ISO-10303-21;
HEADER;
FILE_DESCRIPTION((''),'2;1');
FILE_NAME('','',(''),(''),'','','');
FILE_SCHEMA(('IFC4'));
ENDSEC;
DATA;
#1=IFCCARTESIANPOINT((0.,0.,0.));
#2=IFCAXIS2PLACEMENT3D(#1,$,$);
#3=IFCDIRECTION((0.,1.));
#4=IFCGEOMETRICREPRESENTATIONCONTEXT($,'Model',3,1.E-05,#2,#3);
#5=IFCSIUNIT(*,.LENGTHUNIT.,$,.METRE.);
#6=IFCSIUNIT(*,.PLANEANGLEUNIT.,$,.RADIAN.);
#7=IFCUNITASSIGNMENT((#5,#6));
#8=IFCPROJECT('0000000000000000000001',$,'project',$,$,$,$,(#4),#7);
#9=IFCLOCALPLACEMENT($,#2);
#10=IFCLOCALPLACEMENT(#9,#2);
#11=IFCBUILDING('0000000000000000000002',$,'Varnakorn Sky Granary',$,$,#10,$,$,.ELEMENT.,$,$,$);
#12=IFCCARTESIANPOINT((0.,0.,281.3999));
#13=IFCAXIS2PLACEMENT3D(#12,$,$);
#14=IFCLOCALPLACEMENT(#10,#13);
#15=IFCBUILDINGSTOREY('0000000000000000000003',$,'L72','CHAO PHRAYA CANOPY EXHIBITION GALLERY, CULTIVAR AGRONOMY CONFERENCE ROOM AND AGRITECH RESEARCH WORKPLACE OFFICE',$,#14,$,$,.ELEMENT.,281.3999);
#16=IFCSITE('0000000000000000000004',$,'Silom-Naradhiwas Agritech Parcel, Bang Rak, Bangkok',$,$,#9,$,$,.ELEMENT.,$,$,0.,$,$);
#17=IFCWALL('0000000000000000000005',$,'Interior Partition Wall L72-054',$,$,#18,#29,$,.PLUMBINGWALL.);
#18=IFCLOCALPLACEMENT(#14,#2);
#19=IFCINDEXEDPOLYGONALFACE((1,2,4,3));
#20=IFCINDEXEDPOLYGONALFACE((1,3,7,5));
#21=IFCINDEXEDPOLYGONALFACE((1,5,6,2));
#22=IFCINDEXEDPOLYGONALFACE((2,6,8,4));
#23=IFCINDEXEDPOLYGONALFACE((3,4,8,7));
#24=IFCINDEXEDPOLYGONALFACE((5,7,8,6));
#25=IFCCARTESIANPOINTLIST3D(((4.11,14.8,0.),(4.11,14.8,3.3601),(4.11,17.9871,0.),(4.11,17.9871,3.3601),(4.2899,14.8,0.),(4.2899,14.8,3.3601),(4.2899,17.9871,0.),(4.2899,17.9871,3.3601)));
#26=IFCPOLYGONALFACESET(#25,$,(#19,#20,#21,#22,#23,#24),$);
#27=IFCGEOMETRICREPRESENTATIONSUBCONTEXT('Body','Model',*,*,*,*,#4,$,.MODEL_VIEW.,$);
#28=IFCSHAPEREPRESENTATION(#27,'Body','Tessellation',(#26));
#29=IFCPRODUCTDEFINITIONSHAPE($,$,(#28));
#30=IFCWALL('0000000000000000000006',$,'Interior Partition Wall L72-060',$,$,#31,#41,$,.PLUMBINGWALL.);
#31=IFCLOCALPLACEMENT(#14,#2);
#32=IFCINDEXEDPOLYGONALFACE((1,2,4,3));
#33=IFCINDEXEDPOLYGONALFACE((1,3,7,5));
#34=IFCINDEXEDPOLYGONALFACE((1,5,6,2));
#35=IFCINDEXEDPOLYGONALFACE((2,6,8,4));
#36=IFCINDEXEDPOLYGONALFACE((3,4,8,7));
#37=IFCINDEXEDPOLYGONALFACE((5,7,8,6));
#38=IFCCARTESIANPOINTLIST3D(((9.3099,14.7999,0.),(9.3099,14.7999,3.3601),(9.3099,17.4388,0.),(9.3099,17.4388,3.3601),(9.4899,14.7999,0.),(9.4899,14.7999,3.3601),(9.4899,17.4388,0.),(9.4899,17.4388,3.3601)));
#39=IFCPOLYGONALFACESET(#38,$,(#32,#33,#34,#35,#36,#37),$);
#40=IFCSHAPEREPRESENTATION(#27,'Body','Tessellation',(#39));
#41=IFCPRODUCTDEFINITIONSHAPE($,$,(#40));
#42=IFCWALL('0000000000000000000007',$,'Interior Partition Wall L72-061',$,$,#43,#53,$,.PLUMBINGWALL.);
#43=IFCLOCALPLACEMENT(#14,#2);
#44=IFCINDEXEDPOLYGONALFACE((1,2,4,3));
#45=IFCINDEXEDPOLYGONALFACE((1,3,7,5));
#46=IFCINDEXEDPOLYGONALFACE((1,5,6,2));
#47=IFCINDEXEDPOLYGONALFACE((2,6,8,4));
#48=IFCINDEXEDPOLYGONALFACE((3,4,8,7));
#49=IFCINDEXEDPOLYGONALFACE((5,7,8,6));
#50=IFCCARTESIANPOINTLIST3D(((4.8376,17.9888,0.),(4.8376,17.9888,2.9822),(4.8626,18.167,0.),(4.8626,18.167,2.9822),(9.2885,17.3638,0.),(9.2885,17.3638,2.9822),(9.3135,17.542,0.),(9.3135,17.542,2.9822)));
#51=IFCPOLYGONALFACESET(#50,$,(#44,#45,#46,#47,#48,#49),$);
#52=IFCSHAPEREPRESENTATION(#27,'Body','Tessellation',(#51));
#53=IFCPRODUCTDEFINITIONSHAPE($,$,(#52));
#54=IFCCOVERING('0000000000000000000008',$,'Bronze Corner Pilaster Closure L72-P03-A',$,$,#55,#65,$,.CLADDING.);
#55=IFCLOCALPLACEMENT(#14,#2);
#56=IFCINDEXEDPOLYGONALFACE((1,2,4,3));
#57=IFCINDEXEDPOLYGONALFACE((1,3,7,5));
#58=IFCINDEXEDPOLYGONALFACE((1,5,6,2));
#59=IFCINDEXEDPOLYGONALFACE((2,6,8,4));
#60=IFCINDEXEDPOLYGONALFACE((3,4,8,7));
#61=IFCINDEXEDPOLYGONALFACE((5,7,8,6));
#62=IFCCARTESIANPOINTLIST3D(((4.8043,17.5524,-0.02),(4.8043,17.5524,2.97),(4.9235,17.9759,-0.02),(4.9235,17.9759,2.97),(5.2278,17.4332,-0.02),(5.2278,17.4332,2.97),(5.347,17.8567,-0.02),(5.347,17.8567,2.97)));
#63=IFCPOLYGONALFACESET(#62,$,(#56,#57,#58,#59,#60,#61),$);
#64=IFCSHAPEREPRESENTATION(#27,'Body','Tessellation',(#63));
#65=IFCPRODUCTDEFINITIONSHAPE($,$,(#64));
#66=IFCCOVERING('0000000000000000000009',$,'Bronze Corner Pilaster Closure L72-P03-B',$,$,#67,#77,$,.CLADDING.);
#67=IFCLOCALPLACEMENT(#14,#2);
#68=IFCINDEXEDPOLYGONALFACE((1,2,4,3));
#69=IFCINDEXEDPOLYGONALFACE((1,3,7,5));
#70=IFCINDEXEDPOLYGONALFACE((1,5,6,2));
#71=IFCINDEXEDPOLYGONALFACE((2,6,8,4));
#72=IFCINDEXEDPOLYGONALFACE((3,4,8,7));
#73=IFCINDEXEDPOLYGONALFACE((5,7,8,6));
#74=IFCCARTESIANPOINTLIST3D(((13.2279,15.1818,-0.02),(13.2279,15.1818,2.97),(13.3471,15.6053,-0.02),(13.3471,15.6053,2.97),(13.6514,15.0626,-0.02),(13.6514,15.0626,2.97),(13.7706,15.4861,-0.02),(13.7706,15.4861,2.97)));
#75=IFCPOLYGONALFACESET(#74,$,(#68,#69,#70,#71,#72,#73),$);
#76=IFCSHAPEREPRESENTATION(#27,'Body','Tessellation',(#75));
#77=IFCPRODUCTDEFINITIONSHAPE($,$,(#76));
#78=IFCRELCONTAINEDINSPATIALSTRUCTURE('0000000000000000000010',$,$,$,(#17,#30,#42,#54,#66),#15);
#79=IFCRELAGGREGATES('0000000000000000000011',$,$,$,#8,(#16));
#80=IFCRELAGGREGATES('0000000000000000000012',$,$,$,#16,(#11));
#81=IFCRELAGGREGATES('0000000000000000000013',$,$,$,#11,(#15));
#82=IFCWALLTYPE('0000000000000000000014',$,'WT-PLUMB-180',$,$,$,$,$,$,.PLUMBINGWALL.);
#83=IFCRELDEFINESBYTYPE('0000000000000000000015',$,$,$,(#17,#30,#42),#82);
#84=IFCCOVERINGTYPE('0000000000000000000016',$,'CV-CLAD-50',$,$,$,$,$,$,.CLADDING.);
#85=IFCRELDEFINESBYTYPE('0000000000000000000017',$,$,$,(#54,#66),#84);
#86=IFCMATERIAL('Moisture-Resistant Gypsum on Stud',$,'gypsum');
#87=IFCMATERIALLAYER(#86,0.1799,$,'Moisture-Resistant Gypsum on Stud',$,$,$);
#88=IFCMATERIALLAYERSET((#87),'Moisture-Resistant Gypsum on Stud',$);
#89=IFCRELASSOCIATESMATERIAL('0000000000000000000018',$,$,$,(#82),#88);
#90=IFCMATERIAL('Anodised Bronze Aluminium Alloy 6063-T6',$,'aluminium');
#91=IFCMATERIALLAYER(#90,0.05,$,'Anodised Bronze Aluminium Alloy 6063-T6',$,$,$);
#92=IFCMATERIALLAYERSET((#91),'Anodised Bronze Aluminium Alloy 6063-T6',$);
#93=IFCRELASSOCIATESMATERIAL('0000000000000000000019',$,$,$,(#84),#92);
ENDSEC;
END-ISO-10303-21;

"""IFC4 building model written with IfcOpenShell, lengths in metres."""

from ifc_helpers import new_model, si_unit, direction, frame, frame_2d, origin, origin_2d, place, context, subcontext, project, spatial, rectangle, extrude, source, transform, mapped, material, layer, layer_set, type_object, type_shapes, element, save


model = new_model("IFC4")

# Units and contexts
model_context = context("Model", 3, precision=1e-05, world=origin(), true_north=direction((0.0, 1.0)))
body_context = subcontext(model_context, "Body", "Model", "MODEL_VIEW")
ifc_project = project(units=[si_unit("LENGTHUNIT", "METRE"), si_unit("PLANEANGLEUNIT", "RADIAN")], contexts=[model_context])

# Site, building, storey
site_placement = place(None, origin())
site = spatial("IfcSite", under=ifc_project, at=site_placement, Name="Silom-Naradhiwas Agritech Parcel, Bang Rak, Bangkok", CompositionType="ELEMENT", RefElevation=0.0)
building_placement = place(site_placement, origin())
building = spatial("IfcBuilding", under=site, at=building_placement, Name="Varnakorn Sky Granary", CompositionType="ELEMENT")
storey_placement = place(building_placement, frame((0.0, 0.0, 281.3999)))
storey = spatial("IfcBuildingStorey", under=building, at=storey_placement, Name="L72", Description="CHAO PHRAYA CANOPY EXHIBITION GALLERY, CULTIVAR AGRONOMY CONFERENCE ROOM AND AGRITECH RESEARCH WORKPLACE OFFICE", CompositionType="ELEMENT", Elevation=281.3999)

# Shared definitions
ifc_material_1 = material(Name="Anodised Bronze Aluminium Alloy 6063-T6", Category="aluminium")

# Shared definitions
ifc_material_2 = material(Name="Moisture-Resistant Gypsum on Stud", Category="gypsum")
ifc_layer_1 = layer(ifc_material_2, 0.1799, Name="Moisture-Resistant Gypsum on Stud")
ifc_layer_set_1 = layer_set([ifc_layer_1], Name="Moisture-Resistant Gypsum on Stud")
wall_type_1 = type_object("IfcWallType", Name="WT-PLUMB-180", PredefinedType="PLUMBINGWALL", material=ifc_layer_set_1)

# Walls
wall_1_placement = place(storey_placement, frame((4.2, 17.9871, 0.0), z_axis=(0.0, 0.0, 1.0), x_axis=(0.0, -1.0, 0.0)))
element("IfcWall", 1, at=wall_1_placement, inside=storey, type_object=wall_type_1, Name="Interior Partition Wall L72-054", PredefinedType="PLUMBINGWALL", context=body_context, shape_type="SweptSolid", body=[
    extrude(rectangle(XDim=3.187, YDim=0.1799, at=frame_2d((1.5935, 0.0))), origin(), (0.0, 0.0, 1.0), 3.3601),
])
wall_2_placement = place(storey_placement, frame((9.3999, 14.8, 0.0), z_axis=(0.0, 0.0, 1.0), x_axis=(0.0, 1.0, 0.0)))
element("IfcWall", 2, at=wall_2_placement, inside=storey, type_object=wall_type_1, Name="Interior Partition Wall L72-060", PredefinedType="PLUMBINGWALL", context=body_context, shape_type="SweptSolid", body=[
    extrude(rectangle(XDim=2.6389, YDim=0.1799, at=frame_2d((1.3193, 0.0))), origin(), (0.0, 0.0, 1.0), 3.3601),
])
wall_3_placement = place(storey_placement, frame((9.301, 17.4529, 0.0), z_axis=(0.0, 0.0, 1.0), x_axis=(-0.990285, 0.139056, 0.0)))
element("IfcWall", 3, at=wall_3_placement, inside=storey, type_object=wall_type_1, Name="Interior Partition Wall L72-061", PredefinedType="PLUMBINGWALL", context=body_context, shape_type="SweptSolid", body=[
    extrude(rectangle(XDim=4.4946, YDim=0.1799, at=frame_2d((2.2473, 0.0))), origin(), (0.0, 0.0, 1.0), 2.9822),
])

# Coverings
ifc_layer_2 = layer(ifc_material_1, 0.05, Name="Anodised Bronze Aluminium Alloy 6063-T6")
ifc_layer_set_2 = layer_set([ifc_layer_2], Name="Anodised Bronze Aluminium Alloy 6063-T6")
covering_type = type_object("IfcCoveringType", Name="CV-CLAD-50", PredefinedType="CLADDING", material=ifc_layer_set_2)
shared_shape = source(origin(), body_context, "Body", "SweptSolid", [
    extrude(rectangle(XDim=0.4399, YDim=0.4399, at=origin_2d()), origin(), (0.0, 0.0, 1.0), 2.99),
])
type_shapes(covering_type, [shared_shape])
for number, where, z_axis, x_axis, name in (
    (4, (5.0757, 17.7046, -0.02), (0.0, 0.0, 1.0), (0.962597, -0.270936, 0.0), "Bronze Corner Pilaster Closure L72-P03-A"),
    (5, (13.4993, 15.334, -0.02), (0.0, 0.0, 1.0), (0.962597, -0.270936, 0.0), "Bronze Corner Pilaster Closure L72-P03-B"),
):
    element("IfcCovering", number, at=place(storey_placement, frame(where, z_axis=z_axis, x_axis=x_axis)), inside=storey, type_object=covering_type, Name=name, PredefinedType="CLADDING", context=body_context, shape_type="MappedRepresentation", body=[
        mapped(shared_shape, transform((0.0, 0.0, 0.0), x_axis=(1.0, 0.0, 0.0), y_axis=(0.0, 1.0, 0.0), z_axis=(0.0, 0.0, 1.0), scale=1.0)),
    ])

save(model, "model.ifc")
